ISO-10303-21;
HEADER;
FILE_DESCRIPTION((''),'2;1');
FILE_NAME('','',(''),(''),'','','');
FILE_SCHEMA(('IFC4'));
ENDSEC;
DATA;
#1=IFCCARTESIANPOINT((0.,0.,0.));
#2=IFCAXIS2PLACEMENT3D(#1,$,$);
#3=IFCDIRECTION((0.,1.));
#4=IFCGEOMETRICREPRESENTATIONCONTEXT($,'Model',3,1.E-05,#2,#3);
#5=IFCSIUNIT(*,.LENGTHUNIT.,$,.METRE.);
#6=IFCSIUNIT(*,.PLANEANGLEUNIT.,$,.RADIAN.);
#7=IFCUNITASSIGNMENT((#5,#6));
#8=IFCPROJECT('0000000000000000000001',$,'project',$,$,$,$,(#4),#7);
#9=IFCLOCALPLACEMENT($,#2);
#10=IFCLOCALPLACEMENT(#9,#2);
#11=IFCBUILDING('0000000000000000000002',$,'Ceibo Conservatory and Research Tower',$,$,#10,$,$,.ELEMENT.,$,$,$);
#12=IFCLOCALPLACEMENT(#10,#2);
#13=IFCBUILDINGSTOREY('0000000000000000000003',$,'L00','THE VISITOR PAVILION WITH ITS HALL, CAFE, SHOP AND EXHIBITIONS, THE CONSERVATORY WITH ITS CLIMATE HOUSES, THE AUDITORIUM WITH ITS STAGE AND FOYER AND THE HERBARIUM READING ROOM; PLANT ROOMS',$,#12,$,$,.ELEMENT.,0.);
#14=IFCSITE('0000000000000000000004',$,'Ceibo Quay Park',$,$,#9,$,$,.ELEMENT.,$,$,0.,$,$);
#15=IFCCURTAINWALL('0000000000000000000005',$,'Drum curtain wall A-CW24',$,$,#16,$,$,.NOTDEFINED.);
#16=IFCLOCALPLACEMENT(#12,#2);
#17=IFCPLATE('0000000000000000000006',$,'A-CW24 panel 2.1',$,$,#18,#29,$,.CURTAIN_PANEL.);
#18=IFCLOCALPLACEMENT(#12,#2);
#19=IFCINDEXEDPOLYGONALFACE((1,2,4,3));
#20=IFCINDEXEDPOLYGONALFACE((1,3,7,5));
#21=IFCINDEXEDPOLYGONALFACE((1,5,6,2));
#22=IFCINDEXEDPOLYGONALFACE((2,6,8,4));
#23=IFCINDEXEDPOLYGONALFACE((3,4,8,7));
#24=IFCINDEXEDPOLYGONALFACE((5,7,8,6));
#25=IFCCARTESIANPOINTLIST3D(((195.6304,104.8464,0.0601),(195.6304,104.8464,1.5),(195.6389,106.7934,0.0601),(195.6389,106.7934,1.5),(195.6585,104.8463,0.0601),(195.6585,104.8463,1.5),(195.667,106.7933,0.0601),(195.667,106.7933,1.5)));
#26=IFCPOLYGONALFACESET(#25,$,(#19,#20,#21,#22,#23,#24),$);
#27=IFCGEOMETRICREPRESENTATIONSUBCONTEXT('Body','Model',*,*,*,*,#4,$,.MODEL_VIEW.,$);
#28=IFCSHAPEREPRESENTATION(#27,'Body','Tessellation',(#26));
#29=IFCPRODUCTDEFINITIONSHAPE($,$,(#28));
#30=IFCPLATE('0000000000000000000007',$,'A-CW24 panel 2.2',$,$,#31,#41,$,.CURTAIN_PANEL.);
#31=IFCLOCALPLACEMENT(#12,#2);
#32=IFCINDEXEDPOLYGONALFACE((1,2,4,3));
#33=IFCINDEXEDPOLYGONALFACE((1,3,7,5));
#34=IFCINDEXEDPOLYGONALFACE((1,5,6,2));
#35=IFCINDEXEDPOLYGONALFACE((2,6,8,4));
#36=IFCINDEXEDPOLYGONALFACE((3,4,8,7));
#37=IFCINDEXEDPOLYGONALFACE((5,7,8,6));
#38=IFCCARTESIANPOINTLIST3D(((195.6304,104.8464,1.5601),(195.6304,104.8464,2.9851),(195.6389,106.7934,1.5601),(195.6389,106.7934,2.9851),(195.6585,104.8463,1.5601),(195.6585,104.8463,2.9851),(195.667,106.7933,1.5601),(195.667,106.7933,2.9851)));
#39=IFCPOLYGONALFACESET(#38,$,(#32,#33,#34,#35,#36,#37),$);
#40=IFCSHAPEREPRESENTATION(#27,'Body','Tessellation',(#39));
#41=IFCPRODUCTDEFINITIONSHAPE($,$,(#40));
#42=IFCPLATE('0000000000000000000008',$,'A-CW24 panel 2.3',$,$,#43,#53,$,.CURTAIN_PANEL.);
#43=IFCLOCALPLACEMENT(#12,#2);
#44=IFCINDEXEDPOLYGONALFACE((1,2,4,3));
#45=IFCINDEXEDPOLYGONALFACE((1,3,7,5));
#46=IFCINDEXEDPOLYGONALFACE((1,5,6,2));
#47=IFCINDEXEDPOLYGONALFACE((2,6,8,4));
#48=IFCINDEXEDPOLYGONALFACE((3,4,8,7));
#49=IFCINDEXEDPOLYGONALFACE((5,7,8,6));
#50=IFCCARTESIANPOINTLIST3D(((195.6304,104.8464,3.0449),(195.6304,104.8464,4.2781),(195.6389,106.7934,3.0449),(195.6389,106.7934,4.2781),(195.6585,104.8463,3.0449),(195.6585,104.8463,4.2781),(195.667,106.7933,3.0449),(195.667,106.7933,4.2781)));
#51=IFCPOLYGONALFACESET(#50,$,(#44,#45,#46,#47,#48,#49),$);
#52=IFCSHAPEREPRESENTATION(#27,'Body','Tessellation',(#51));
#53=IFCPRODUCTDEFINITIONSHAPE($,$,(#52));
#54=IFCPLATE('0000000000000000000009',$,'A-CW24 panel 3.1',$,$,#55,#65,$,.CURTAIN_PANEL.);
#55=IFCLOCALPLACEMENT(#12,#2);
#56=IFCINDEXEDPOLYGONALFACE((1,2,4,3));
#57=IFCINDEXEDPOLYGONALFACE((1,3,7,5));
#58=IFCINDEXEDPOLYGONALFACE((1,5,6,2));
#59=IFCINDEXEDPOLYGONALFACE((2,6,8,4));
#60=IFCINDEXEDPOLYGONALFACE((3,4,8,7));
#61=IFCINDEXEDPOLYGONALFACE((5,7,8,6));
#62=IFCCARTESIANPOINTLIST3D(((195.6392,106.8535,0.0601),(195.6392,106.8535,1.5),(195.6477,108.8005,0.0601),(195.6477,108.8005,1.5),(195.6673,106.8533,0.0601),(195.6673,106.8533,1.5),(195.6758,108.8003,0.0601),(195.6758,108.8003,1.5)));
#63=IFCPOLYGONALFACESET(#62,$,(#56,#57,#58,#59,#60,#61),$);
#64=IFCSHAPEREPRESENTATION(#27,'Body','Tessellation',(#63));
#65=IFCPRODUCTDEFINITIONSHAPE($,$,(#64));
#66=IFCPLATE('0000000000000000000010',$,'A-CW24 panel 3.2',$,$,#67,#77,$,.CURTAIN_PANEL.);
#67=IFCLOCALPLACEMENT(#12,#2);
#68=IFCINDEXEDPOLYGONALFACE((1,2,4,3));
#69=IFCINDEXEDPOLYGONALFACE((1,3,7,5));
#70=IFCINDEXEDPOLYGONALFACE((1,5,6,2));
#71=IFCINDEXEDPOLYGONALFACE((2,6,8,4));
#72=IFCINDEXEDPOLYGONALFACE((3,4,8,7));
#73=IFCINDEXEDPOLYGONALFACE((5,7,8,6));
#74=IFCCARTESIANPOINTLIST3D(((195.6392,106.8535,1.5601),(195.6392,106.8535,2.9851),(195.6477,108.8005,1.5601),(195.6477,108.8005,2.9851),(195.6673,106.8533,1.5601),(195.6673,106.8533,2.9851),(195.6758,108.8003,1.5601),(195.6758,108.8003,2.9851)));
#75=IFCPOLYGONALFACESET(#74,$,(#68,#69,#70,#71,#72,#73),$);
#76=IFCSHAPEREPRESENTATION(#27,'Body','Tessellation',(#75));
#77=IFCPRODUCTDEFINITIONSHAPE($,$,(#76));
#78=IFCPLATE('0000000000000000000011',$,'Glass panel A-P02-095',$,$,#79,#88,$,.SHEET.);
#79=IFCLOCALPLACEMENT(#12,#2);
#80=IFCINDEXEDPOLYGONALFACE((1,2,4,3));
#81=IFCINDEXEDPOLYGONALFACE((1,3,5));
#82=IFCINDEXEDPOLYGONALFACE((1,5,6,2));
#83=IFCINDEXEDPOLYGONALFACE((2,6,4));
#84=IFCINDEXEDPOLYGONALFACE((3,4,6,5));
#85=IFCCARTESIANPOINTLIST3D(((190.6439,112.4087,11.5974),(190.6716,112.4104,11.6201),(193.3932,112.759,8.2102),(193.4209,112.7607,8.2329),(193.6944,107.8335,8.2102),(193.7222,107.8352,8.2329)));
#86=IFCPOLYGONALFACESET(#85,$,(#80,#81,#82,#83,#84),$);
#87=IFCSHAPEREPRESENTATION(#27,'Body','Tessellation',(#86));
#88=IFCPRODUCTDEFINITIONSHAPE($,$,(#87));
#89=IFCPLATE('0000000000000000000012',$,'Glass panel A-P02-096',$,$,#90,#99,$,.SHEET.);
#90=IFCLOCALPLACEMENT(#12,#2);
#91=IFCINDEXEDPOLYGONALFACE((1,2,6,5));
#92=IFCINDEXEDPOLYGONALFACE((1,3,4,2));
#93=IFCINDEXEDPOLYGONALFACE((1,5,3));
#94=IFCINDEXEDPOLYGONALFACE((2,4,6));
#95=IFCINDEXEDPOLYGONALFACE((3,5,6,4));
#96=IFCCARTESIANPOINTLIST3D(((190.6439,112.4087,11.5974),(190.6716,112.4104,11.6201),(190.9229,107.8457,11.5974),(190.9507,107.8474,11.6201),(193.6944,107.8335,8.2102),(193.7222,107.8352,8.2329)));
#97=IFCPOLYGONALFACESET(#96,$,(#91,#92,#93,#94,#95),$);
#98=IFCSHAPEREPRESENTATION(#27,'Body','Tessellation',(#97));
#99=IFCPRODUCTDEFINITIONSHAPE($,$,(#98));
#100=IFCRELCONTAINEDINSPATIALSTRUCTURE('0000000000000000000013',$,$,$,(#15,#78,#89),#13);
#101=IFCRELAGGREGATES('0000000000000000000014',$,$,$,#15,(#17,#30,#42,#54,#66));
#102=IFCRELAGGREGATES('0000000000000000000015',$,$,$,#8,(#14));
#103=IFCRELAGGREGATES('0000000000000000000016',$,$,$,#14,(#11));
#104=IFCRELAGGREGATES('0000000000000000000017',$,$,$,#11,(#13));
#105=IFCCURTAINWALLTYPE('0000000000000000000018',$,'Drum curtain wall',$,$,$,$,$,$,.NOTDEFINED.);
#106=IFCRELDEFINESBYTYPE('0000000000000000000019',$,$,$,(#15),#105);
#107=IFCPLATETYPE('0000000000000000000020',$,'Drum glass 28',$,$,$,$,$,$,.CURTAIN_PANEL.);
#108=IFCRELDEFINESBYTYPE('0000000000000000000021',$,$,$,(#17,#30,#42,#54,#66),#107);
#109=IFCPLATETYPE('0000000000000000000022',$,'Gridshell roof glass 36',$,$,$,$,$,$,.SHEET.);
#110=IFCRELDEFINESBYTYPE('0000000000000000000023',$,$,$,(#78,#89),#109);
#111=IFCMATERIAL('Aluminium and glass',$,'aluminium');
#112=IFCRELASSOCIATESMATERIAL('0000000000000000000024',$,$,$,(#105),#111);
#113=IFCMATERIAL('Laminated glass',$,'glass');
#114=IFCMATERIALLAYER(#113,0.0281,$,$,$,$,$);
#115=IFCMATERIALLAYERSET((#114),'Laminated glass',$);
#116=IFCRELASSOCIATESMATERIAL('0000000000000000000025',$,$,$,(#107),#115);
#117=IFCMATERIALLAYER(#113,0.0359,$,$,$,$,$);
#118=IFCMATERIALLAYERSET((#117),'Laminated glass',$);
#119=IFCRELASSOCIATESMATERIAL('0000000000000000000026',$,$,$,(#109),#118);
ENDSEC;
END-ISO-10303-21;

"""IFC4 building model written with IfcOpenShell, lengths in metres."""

from ifc_helpers import new_model, si_unit, direction, frame, origin, origin_2d, place, context, subcontext, project, spatial, polyline, rectangle, outline, extrude, material, layer, layer_set, type_object, element, aggregate, save


model = new_model("IFC4")

# Units and contexts
model_context = context("Model", 3, precision=1e-05, world=origin(), true_north=direction((0.0, 1.0)))
body_context = subcontext(model_context, "Body", "Model", "MODEL_VIEW")
ifc_project = project(units=[si_unit("LENGTHUNIT", "METRE"), si_unit("PLANEANGLEUNIT", "RADIAN")], contexts=[model_context])

# Site, building, storey
site_placement = place(None, origin())
site = spatial("IfcSite", under=ifc_project, at=site_placement, Name="Ceibo Quay Park", CompositionType="ELEMENT", RefElevation=0.0)
building_placement = place(site_placement, origin())
building = spatial("IfcBuilding", under=site, at=building_placement, Name="Ceibo Conservatory and Research Tower", CompositionType="ELEMENT")
storey_placement = place(building_placement, origin())
storey = spatial("IfcBuildingStorey", under=building, at=storey_placement, Name="L00", Description="THE VISITOR PAVILION WITH ITS HALL, CAFE, SHOP AND EXHIBITIONS, THE CONSERVATORY WITH ITS CLIMATE HOUSES, THE AUDITORIUM WITH ITS STAGE AND FOYER AND THE HERBARIUM READING ROOM; PLANT ROOMS", CompositionType="ELEMENT", Elevation=0.0)

# Shared definitions
ifc_material_1 = material(Name="Aluminium and glass", Category="aluminium")
curtain_wall_type = type_object("IfcCurtainWallType", Name="Drum curtain wall", PredefinedType="NOTDEFINED", material=ifc_material_1)

# Curtain wall
curtain_wall_1_placement = place(storey_placement, origin())
curtain_wall_1 = element("IfcCurtainWall", 1, at=curtain_wall_1_placement, inside=storey, type_object=curtain_wall_type, Name="Drum curtain wall A-CW24", PredefinedType="NOTDEFINED")

# Plates
ifc_material_2 = material(Name="Laminated glass", Category="glass")
ifc_layer_1 = layer(ifc_material_2, 0.0281)
ifc_layer_set_1 = layer_set([ifc_layer_1], Name="Laminated glass")
plate_type_1 = type_object("IfcPlateType", Name="Drum glass 28", PredefinedType="CURTAIN_PANEL", material=ifc_layer_set_1)
plate_1_placement = place(storey_placement, frame((195.6487, 105.8198, 0.0601), z_axis=(0.0, 0.0, 1.0), x_axis=(0.004363, 0.99999, 0.0)))
plate_1 = element("IfcPlate", 2, at=plate_1_placement, type_object=plate_type_1, Name="A-CW24 panel 2.1", PredefinedType="CURTAIN_PANEL", context=body_context, shape_type="SweptSolid", body=[
    extrude(rectangle(XDim=1.947, YDim=0.0281, at=origin_2d()), origin(), (0.0, 0.0, 1.0), 1.4399),
])
plate_2_placement = place(storey_placement, frame((195.6487, 105.8198, 1.5601), z_axis=(0.0, 0.0, 1.0), x_axis=(0.004363, 0.99999, 0.0)))
plate_2 = element("IfcPlate", 3, at=plate_2_placement, type_object=plate_type_1, Name="A-CW24 panel 2.2", PredefinedType="CURTAIN_PANEL", context=body_context, shape_type="SweptSolid", body=[
    extrude(rectangle(XDim=1.947, YDim=0.0281, at=origin_2d()), origin(), (0.0, 0.0, 1.0), 1.425),
])
plate_3_placement = place(storey_placement, frame((195.6487, 105.8198, 3.0449), z_axis=(0.0, 0.0, 1.0), x_axis=(0.004363, 0.99999, 0.0)))
plate_3 = element("IfcPlate", 4, at=plate_3_placement, type_object=plate_type_1, Name="A-CW24 panel 2.3", PredefinedType="CURTAIN_PANEL", context=body_context, shape_type="SweptSolid", body=[
    extrude(rectangle(XDim=1.947, YDim=0.0281, at=origin_2d()), origin(), (0.0, 0.0, 1.0), 1.2332),
])
plate_4_placement = place(storey_placement, frame((195.6575, 107.8269, 0.0601), z_axis=(0.0, 0.0, 1.0), x_axis=(0.004363, 0.99999, 0.0)))
plate_4 = element("IfcPlate", 5, at=plate_4_placement, type_object=plate_type_1, Name="A-CW24 panel 3.1", PredefinedType="CURTAIN_PANEL", context=body_context, shape_type="SweptSolid", body=[
    extrude(rectangle(XDim=1.947, YDim=0.0281, at=origin_2d()), origin(), (0.0, 0.0, 1.0), 1.4399),
])
plate_5_placement = place(storey_placement, frame((195.6575, 107.8269, 1.5601), z_axis=(0.0, 0.0, 1.0), x_axis=(0.004363, 0.99999, 0.0)))
plate_5 = element("IfcPlate", 6, at=plate_5_placement, type_object=plate_type_1, Name="A-CW24 panel 3.2", PredefinedType="CURTAIN_PANEL", context=body_context, shape_type="SweptSolid", body=[
    extrude(rectangle(XDim=1.947, YDim=0.0281, at=origin_2d()), origin(), (0.0, 0.0, 1.0), 1.425),
])
aggregate(curtain_wall_1, [plate_1, plate_2, plate_3, plate_4, plate_5])

# Plates
ifc_layer_2 = layer(ifc_material_2, 0.0359)
ifc_layer_set_2 = layer_set([ifc_layer_2], Name="Laminated glass")
plate_type_2 = type_object("IfcPlateType", Name="Gridshell roof glass 36", PredefinedType="SHEET", material=ifc_layer_set_2)
plate_6_placement = place(storey_placement, frame((193.7222, 107.8352, 8.2329), z_axis=(0.773165, 0.04729, 0.63244), x_axis=(-0.061051, 0.998135, 0.0)))
element("IfcPlate", 7, at=plate_6_placement, inside=storey, type_object=plate_type_2, Name="Glass panel A-P02-095", PredefinedType="SHEET", context=body_context, shape_type="SweptSolid", body=[
    extrude(outline(polyline([(0.0, 0.0), (4.9347, 0.0), (4.7529, 4.3728), (0.0, 0.0)])), origin(), (0.0, 0.0, -1.0), 0.0359),
])
plate_7_placement = place(storey_placement, frame((193.7222, 107.8352, 8.2329), z_axis=(0.77316, 0.047283, 0.632446), x_axis=(-0.472334, 0.708406, 0.524463)))
element("IfcPlate", 8, at=plate_7_placement, inside=storey, type_object=plate_type_2, Name="Glass panel A-P02-096", PredefinedType="SHEET", context=body_context, shape_type="SweptSolid", body=[
    extrude(outline(polyline([(0.0, 0.0), (6.4584, 0.0), (3.0942, 3.0952), (0.0, 0.0)])), origin(), (0.0, 0.0, -1.0), 0.0359),
])

save(model, "model.ifc")
